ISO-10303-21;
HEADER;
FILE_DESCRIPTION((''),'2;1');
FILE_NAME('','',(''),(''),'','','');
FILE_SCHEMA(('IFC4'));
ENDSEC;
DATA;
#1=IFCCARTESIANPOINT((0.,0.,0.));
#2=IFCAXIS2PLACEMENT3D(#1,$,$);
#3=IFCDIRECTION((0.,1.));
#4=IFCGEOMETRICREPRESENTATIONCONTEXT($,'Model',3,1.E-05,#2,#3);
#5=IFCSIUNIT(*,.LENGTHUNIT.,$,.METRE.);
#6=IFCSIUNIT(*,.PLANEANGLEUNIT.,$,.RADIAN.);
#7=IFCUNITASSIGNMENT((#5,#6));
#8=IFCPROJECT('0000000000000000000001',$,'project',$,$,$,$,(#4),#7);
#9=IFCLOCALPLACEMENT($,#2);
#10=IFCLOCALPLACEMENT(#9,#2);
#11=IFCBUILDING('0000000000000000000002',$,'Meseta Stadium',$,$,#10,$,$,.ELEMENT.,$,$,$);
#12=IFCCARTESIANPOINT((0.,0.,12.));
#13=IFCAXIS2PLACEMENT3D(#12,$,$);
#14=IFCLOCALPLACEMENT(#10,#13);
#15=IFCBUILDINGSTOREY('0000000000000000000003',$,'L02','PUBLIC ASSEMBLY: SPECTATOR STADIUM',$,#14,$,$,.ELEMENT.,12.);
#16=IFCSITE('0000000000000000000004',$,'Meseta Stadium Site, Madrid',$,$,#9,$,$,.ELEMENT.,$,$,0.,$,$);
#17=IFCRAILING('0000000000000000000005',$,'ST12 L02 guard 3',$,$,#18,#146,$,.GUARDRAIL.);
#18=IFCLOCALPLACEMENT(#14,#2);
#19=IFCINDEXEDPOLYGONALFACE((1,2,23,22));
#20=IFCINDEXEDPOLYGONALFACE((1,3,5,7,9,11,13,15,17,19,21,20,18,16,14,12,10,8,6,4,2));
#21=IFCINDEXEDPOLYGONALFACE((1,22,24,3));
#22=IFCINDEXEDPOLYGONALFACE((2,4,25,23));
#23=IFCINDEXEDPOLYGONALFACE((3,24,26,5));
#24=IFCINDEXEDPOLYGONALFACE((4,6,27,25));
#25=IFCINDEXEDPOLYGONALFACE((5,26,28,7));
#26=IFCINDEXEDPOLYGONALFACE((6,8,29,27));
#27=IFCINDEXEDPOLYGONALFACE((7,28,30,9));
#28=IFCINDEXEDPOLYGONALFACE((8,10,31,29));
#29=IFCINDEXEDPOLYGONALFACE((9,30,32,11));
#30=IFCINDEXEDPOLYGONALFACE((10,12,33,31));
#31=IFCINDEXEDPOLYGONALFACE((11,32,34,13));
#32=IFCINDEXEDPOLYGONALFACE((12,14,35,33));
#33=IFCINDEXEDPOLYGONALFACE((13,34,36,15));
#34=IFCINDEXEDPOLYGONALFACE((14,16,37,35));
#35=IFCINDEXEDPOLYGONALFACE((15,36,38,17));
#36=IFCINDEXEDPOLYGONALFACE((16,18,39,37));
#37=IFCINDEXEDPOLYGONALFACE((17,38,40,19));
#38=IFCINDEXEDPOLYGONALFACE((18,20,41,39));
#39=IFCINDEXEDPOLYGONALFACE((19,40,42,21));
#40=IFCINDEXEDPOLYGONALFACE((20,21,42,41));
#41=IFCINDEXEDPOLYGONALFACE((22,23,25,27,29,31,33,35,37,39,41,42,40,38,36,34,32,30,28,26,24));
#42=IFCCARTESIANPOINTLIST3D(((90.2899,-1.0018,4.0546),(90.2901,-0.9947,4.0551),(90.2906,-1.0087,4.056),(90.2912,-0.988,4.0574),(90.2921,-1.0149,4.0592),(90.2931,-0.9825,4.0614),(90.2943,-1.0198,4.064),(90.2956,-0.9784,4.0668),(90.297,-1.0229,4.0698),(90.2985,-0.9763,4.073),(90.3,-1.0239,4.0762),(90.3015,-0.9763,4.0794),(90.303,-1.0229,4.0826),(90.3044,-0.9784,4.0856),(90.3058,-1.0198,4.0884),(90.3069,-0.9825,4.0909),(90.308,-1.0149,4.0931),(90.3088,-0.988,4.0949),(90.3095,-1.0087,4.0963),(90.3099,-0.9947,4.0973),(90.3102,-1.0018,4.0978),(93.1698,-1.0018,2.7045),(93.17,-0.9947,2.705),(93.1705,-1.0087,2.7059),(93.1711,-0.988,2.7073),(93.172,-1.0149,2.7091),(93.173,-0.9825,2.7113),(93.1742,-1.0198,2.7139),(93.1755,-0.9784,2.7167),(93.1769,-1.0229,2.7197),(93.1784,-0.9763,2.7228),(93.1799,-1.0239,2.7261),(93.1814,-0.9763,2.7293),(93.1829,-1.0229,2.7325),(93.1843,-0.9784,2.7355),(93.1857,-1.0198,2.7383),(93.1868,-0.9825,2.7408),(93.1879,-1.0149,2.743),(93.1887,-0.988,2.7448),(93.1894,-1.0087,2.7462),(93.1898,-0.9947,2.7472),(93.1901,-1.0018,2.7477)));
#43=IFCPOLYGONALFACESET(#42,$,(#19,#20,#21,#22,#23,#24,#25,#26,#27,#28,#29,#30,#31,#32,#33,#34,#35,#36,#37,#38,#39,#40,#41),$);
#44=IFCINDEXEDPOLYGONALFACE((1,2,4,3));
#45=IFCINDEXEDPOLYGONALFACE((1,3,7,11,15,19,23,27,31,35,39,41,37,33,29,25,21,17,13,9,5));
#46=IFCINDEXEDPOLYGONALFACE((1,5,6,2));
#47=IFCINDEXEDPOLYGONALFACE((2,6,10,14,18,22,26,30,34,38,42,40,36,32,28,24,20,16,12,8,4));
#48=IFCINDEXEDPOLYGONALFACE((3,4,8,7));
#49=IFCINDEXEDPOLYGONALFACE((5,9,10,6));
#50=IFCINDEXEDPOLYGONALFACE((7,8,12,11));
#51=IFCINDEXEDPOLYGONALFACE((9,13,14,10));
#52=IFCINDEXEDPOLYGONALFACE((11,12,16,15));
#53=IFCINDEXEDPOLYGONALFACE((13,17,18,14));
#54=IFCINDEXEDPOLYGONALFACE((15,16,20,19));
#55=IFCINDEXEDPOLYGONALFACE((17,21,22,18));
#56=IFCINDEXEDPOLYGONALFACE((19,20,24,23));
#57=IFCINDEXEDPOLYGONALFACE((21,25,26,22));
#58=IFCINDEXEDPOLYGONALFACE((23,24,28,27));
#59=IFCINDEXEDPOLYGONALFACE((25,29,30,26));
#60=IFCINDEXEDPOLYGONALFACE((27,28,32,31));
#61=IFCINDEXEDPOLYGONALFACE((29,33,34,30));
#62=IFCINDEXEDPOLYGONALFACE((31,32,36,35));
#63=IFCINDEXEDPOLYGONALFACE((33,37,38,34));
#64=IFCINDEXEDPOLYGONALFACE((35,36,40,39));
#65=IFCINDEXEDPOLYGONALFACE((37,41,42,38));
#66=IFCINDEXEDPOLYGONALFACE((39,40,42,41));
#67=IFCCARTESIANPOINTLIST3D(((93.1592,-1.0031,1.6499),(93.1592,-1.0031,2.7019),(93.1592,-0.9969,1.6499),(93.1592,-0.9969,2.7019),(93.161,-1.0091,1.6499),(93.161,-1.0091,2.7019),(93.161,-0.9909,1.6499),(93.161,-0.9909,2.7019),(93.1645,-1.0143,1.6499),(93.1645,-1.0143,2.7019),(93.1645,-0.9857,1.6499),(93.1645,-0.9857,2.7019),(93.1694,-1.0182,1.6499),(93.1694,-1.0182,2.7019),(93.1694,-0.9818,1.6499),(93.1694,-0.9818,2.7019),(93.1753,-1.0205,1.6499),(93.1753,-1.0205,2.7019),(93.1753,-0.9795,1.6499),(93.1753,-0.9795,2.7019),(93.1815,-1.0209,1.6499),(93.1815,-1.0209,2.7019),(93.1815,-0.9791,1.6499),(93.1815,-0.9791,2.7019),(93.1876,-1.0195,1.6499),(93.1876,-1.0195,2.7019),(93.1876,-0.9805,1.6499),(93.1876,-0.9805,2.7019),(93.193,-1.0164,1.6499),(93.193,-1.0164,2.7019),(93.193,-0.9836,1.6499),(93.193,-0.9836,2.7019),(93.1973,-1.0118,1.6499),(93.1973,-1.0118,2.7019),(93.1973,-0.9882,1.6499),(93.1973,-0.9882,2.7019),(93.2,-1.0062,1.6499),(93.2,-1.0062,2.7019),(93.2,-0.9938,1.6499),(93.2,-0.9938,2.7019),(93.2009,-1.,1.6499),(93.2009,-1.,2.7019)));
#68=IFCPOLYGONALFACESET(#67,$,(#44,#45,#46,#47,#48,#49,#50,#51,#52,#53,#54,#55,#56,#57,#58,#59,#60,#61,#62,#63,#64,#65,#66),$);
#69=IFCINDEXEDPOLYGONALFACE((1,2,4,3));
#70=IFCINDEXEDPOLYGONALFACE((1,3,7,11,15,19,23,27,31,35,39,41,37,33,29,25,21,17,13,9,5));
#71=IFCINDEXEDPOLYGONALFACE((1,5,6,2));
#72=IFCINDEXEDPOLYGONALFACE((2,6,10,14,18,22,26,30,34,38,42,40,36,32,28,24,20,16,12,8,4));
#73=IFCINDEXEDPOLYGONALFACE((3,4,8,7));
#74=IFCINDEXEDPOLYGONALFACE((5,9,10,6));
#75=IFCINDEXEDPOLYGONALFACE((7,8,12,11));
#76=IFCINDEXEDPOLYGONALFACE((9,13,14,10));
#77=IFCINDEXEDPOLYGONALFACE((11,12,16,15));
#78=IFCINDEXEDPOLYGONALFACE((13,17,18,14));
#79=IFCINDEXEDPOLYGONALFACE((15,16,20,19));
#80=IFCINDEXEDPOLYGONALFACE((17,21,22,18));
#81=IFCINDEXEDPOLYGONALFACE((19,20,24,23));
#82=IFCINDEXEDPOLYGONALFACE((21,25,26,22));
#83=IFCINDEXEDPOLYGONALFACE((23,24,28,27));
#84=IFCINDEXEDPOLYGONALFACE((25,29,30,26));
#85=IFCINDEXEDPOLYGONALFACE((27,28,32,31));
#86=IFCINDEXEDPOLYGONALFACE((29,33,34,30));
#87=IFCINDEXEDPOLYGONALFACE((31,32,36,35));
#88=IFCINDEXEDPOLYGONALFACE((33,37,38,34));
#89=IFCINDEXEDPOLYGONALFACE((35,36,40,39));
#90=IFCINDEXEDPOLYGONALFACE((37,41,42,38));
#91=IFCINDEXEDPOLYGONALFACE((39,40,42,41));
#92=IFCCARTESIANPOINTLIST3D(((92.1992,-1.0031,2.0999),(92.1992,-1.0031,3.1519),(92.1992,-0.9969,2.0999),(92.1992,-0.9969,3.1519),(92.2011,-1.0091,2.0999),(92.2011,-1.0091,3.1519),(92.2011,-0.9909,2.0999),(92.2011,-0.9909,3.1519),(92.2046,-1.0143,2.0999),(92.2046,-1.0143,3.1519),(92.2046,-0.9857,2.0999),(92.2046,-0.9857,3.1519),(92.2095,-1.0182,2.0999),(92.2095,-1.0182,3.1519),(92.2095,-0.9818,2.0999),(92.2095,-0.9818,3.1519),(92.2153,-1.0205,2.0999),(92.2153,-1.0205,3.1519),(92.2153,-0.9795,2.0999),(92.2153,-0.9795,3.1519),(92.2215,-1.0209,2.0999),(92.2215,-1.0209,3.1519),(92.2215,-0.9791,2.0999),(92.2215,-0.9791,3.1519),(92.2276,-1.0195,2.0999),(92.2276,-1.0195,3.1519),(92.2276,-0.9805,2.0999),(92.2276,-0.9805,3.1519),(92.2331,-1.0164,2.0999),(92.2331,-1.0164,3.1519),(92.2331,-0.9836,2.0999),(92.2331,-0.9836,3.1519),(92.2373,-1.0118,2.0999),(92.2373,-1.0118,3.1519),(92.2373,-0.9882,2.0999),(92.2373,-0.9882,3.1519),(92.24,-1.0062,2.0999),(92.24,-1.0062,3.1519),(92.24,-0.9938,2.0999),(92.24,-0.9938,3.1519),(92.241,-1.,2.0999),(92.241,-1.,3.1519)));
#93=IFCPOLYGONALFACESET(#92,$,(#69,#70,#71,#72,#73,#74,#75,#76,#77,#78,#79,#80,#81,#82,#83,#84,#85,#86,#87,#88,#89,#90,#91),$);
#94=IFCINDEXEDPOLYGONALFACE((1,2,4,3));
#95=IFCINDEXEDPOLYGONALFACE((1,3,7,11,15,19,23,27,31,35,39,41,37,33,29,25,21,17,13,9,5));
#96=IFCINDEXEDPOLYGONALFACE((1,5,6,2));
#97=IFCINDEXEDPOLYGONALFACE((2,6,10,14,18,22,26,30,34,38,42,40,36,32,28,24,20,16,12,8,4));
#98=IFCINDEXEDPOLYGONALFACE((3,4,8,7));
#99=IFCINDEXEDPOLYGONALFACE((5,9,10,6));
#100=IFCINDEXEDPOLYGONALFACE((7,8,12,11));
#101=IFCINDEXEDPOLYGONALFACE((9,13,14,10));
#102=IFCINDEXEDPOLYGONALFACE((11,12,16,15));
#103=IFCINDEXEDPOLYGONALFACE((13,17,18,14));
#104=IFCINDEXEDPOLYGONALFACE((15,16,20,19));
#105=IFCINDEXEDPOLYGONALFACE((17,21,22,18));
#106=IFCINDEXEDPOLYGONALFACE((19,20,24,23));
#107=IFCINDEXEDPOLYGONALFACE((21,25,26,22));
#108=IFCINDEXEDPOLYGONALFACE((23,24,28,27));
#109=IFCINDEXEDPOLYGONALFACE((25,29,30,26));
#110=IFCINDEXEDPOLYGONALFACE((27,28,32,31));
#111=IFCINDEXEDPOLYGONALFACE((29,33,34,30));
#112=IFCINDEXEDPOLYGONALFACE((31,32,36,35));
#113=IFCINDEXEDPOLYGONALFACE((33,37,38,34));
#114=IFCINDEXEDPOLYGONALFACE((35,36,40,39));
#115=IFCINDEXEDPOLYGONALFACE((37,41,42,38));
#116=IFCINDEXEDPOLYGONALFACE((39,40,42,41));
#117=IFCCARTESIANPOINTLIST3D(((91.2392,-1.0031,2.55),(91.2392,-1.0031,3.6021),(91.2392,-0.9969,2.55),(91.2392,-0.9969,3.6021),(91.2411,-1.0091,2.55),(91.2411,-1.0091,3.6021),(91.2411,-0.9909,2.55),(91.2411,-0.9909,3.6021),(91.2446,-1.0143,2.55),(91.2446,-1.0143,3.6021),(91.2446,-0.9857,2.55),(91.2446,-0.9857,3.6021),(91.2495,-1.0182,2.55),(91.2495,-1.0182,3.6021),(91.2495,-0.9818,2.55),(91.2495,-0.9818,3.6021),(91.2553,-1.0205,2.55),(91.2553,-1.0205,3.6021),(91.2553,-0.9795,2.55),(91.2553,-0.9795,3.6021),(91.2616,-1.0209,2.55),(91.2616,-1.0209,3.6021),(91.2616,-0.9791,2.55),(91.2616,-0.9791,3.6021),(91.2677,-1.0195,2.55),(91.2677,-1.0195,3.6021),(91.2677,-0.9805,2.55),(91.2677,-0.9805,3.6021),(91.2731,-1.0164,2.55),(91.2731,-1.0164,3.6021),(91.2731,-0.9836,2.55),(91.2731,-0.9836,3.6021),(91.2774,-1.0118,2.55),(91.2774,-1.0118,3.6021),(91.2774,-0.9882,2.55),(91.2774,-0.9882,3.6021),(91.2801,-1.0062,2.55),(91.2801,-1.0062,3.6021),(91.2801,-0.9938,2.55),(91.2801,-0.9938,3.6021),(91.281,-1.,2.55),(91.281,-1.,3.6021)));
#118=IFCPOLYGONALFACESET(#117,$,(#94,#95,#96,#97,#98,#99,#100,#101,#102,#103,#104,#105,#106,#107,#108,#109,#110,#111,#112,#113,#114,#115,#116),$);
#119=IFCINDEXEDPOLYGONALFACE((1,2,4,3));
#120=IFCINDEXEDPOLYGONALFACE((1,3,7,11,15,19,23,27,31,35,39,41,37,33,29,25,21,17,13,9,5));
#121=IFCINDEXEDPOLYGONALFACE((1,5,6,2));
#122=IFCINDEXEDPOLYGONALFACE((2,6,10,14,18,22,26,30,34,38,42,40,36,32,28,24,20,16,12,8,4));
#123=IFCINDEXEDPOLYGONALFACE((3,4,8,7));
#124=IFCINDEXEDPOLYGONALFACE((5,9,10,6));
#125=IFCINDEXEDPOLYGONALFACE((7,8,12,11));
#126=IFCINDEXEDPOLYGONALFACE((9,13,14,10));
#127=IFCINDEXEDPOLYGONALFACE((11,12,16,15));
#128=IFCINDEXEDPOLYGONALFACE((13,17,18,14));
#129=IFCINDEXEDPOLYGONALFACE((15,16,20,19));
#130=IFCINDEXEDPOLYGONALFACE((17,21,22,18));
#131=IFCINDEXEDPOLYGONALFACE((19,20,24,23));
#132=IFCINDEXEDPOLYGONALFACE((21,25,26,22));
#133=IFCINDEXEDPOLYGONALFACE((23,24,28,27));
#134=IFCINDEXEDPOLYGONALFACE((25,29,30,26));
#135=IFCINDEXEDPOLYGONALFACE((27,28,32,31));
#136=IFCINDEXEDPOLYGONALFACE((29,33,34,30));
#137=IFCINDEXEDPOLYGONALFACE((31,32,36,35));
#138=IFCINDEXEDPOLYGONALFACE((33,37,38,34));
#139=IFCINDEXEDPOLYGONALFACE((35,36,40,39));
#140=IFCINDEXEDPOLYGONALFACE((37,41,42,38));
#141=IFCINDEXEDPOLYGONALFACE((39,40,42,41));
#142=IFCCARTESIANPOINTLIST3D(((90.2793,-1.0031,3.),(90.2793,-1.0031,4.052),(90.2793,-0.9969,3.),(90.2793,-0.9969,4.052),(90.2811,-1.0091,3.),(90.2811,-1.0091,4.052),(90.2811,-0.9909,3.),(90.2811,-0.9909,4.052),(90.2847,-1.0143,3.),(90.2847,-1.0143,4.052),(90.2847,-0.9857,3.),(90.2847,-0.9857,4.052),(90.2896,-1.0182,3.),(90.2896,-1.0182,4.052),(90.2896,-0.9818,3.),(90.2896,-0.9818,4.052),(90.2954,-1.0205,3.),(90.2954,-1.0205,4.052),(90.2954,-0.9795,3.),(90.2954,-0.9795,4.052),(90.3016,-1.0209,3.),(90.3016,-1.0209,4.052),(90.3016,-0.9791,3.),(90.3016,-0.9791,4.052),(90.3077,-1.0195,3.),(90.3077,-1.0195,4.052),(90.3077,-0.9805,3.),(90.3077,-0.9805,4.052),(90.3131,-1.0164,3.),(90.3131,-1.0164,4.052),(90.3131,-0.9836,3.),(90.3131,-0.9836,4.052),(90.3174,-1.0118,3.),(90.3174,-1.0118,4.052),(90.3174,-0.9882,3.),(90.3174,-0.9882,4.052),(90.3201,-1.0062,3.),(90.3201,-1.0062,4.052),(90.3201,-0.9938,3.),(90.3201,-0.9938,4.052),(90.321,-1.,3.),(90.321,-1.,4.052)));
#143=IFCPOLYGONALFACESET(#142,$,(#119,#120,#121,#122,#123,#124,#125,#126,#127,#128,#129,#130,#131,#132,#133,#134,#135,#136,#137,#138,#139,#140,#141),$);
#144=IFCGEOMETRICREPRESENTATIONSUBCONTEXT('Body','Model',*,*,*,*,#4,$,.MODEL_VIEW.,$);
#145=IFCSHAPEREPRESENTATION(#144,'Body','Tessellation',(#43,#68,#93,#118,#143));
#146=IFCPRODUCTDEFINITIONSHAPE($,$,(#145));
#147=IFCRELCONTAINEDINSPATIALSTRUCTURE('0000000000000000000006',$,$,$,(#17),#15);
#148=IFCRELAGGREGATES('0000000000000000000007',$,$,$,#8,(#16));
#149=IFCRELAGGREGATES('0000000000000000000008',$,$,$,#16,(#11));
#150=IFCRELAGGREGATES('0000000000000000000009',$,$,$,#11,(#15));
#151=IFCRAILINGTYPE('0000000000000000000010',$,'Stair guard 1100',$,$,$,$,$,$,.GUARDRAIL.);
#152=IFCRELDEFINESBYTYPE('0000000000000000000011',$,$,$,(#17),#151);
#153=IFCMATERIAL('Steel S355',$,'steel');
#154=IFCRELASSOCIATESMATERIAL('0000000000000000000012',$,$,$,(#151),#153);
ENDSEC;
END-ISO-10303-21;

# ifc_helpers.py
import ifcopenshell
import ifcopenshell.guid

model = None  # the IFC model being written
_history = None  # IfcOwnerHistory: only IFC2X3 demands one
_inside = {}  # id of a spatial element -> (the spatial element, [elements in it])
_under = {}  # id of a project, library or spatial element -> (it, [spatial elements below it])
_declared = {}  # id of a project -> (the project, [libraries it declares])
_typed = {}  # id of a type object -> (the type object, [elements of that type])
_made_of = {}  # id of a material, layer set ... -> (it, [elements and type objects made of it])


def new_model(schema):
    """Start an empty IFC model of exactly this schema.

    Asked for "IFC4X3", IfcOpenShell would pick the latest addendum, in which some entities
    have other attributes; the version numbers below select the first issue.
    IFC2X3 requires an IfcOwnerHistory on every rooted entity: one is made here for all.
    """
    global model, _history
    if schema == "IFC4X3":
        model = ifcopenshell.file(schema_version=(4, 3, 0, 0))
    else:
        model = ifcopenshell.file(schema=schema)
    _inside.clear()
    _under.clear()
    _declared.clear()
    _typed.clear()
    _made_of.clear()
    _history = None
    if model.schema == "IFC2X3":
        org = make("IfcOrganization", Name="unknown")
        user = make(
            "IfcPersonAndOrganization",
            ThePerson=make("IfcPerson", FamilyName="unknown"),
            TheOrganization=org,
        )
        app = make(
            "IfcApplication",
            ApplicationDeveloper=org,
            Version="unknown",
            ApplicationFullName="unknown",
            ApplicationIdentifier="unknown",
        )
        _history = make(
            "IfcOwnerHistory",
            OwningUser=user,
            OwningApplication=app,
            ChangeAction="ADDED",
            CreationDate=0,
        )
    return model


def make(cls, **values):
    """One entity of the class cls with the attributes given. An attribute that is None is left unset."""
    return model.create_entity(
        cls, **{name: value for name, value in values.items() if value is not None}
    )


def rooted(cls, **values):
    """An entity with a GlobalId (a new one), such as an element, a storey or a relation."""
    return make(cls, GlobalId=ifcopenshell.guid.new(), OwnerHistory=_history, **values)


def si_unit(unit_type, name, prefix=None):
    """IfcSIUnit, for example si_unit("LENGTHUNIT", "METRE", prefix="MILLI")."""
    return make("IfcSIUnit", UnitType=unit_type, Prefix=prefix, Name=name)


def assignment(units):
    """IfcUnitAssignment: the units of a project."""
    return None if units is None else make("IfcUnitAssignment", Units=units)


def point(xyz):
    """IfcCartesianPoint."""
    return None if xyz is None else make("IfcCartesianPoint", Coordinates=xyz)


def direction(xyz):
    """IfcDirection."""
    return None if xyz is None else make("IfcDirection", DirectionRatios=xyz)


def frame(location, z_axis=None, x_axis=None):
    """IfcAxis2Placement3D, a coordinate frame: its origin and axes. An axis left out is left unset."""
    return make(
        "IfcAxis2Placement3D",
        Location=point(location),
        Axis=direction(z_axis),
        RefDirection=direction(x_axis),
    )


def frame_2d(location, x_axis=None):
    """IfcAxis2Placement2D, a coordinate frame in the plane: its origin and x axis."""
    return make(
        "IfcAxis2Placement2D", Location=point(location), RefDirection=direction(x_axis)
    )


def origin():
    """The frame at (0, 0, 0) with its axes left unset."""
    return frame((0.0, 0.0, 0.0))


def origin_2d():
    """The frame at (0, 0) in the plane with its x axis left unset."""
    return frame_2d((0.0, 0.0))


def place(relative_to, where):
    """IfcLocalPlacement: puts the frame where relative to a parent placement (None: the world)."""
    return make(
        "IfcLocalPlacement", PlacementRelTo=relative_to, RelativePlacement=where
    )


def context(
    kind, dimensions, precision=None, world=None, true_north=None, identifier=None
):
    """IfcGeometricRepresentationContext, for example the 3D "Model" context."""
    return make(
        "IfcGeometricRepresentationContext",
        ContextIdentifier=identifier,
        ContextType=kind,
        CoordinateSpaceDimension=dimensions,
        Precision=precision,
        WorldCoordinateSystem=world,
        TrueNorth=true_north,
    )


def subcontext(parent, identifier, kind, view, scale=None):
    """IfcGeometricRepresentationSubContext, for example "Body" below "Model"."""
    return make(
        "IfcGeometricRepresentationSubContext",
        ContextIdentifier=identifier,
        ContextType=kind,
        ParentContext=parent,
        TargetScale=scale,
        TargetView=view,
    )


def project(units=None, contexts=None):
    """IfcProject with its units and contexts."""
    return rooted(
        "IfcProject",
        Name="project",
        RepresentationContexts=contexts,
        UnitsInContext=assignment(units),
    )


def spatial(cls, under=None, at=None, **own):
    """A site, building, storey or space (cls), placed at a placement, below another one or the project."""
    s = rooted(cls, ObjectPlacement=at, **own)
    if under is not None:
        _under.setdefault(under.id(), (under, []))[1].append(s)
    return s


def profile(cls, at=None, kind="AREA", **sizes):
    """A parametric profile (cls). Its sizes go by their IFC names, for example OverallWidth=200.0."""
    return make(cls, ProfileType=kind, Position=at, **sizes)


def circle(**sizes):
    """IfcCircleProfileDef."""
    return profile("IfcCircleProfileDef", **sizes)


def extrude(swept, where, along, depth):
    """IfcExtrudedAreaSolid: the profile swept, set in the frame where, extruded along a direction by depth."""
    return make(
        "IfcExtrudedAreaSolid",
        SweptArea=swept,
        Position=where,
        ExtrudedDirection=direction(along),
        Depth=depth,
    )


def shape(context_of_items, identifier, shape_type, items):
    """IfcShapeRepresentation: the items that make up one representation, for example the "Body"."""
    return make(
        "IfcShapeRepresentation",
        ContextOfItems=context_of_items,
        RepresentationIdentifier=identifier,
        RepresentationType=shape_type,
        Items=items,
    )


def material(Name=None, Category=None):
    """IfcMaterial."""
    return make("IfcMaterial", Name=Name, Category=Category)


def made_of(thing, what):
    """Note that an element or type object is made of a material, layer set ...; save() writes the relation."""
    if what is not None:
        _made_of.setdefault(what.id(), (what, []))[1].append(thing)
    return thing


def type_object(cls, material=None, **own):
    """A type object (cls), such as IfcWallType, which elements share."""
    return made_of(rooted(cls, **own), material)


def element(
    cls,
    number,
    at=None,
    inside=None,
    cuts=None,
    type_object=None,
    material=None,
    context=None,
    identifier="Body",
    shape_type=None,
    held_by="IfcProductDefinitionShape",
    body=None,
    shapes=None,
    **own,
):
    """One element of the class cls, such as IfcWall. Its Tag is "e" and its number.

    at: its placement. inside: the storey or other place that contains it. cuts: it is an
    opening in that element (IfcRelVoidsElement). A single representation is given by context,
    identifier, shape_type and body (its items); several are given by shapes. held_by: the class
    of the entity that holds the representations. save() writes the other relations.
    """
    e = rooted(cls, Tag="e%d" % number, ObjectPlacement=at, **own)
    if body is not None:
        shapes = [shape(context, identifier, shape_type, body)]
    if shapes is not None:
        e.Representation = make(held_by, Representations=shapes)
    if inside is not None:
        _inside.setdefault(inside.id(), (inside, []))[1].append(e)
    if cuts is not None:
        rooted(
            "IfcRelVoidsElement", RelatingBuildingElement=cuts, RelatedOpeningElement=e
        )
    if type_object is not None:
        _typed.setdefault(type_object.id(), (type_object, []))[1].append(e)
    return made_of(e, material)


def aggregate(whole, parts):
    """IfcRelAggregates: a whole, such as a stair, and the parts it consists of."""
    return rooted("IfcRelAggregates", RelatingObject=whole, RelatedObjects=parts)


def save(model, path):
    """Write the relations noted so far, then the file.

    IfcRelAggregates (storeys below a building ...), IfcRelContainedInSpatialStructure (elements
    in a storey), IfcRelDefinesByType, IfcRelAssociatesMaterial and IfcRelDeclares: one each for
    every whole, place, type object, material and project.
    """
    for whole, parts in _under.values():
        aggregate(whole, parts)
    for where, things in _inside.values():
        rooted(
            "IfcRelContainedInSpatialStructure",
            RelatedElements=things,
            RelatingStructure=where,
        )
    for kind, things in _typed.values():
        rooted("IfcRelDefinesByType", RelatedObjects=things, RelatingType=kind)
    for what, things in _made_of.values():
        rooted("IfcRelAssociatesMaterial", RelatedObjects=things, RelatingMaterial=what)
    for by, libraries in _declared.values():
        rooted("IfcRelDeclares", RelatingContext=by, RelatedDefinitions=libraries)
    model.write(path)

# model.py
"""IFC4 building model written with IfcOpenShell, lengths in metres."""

from ifc_helpers import new_model, si_unit, direction, frame, origin, origin_2d, place, context, subcontext, project, spatial, circle, extrude, material, type_object, element, save


model = new_model("IFC4")

# Units and contexts
model_context = context("Model", 3, precision=1e-05, world=origin(), true_north=direction((0.0, 1.0)))
body_context = subcontext(model_context, "Body", "Model", "MODEL_VIEW")
ifc_project = project(units=[si_unit("LENGTHUNIT", "METRE"), si_unit("PLANEANGLEUNIT", "RADIAN")], contexts=[model_context])

# Site, building, storey
site_placement = place(None, origin())
site = spatial("IfcSite", under=ifc_project, at=site_placement, Name="Meseta Stadium Site, Madrid", CompositionType="ELEMENT", RefElevation=0.0)
building_placement = place(site_placement, origin())
building = spatial("IfcBuilding", under=site, at=building_placement, Name="Meseta Stadium", CompositionType="ELEMENT")
storey_placement = place(building_placement, frame((0.0, 0.0, 12.0)))
storey = spatial("IfcBuildingStorey", under=building, at=storey_placement, Name="L02", Description="PUBLIC ASSEMBLY: SPECTATOR STADIUM", CompositionType="ELEMENT", Elevation=12.0)

# Railing
ifc_material_1 = material(Name="Steel S355", Category="steel")
railing_type_1 = type_object("IfcRailingType", Name="Stair guard 1100", PredefinedType="GUARDRAIL", material=ifc_material_1)
railing_1_placement = place(storey_placement, frame((93.1799, -1.0, 1.6499)))
element("IfcRailing", 1, at=railing_1_placement, inside=storey, type_object=railing_type_1, Name="ST12 L02 guard 3", PredefinedType="GUARDRAIL", context=body_context, shape_type="SweptSolid", body=[
    extrude(circle(Radius=0.0239, at=origin_2d()), frame((0.0, 0.0, 1.0762), z_axis=(-0.90544, 0.0, 0.424473), x_axis=(0.0, -1.0, 0.0)), (0.0, 0.0, 1.0), 3.1807),
    extrude(circle(Radius=0.021, at=origin_2d()), origin(), (0.0, 0.0, 1.0), 1.052),
    extrude(circle(Radius=0.021, at=origin_2d()), frame((-0.96, 0.0, 0.45)), (0.0, 0.0, 1.0), 1.052),
    extrude(circle(Radius=0.021, at=origin_2d()), frame((-1.9199, 0.0, 0.9001)), (0.0, 0.0, 1.0), 1.052),
    extrude(circle(Radius=0.021, at=origin_2d()), frame((-2.8799, 0.0, 1.3501)), (0.0, 0.0, 1.0), 1.052),
])

save(model, "model.ifc")
